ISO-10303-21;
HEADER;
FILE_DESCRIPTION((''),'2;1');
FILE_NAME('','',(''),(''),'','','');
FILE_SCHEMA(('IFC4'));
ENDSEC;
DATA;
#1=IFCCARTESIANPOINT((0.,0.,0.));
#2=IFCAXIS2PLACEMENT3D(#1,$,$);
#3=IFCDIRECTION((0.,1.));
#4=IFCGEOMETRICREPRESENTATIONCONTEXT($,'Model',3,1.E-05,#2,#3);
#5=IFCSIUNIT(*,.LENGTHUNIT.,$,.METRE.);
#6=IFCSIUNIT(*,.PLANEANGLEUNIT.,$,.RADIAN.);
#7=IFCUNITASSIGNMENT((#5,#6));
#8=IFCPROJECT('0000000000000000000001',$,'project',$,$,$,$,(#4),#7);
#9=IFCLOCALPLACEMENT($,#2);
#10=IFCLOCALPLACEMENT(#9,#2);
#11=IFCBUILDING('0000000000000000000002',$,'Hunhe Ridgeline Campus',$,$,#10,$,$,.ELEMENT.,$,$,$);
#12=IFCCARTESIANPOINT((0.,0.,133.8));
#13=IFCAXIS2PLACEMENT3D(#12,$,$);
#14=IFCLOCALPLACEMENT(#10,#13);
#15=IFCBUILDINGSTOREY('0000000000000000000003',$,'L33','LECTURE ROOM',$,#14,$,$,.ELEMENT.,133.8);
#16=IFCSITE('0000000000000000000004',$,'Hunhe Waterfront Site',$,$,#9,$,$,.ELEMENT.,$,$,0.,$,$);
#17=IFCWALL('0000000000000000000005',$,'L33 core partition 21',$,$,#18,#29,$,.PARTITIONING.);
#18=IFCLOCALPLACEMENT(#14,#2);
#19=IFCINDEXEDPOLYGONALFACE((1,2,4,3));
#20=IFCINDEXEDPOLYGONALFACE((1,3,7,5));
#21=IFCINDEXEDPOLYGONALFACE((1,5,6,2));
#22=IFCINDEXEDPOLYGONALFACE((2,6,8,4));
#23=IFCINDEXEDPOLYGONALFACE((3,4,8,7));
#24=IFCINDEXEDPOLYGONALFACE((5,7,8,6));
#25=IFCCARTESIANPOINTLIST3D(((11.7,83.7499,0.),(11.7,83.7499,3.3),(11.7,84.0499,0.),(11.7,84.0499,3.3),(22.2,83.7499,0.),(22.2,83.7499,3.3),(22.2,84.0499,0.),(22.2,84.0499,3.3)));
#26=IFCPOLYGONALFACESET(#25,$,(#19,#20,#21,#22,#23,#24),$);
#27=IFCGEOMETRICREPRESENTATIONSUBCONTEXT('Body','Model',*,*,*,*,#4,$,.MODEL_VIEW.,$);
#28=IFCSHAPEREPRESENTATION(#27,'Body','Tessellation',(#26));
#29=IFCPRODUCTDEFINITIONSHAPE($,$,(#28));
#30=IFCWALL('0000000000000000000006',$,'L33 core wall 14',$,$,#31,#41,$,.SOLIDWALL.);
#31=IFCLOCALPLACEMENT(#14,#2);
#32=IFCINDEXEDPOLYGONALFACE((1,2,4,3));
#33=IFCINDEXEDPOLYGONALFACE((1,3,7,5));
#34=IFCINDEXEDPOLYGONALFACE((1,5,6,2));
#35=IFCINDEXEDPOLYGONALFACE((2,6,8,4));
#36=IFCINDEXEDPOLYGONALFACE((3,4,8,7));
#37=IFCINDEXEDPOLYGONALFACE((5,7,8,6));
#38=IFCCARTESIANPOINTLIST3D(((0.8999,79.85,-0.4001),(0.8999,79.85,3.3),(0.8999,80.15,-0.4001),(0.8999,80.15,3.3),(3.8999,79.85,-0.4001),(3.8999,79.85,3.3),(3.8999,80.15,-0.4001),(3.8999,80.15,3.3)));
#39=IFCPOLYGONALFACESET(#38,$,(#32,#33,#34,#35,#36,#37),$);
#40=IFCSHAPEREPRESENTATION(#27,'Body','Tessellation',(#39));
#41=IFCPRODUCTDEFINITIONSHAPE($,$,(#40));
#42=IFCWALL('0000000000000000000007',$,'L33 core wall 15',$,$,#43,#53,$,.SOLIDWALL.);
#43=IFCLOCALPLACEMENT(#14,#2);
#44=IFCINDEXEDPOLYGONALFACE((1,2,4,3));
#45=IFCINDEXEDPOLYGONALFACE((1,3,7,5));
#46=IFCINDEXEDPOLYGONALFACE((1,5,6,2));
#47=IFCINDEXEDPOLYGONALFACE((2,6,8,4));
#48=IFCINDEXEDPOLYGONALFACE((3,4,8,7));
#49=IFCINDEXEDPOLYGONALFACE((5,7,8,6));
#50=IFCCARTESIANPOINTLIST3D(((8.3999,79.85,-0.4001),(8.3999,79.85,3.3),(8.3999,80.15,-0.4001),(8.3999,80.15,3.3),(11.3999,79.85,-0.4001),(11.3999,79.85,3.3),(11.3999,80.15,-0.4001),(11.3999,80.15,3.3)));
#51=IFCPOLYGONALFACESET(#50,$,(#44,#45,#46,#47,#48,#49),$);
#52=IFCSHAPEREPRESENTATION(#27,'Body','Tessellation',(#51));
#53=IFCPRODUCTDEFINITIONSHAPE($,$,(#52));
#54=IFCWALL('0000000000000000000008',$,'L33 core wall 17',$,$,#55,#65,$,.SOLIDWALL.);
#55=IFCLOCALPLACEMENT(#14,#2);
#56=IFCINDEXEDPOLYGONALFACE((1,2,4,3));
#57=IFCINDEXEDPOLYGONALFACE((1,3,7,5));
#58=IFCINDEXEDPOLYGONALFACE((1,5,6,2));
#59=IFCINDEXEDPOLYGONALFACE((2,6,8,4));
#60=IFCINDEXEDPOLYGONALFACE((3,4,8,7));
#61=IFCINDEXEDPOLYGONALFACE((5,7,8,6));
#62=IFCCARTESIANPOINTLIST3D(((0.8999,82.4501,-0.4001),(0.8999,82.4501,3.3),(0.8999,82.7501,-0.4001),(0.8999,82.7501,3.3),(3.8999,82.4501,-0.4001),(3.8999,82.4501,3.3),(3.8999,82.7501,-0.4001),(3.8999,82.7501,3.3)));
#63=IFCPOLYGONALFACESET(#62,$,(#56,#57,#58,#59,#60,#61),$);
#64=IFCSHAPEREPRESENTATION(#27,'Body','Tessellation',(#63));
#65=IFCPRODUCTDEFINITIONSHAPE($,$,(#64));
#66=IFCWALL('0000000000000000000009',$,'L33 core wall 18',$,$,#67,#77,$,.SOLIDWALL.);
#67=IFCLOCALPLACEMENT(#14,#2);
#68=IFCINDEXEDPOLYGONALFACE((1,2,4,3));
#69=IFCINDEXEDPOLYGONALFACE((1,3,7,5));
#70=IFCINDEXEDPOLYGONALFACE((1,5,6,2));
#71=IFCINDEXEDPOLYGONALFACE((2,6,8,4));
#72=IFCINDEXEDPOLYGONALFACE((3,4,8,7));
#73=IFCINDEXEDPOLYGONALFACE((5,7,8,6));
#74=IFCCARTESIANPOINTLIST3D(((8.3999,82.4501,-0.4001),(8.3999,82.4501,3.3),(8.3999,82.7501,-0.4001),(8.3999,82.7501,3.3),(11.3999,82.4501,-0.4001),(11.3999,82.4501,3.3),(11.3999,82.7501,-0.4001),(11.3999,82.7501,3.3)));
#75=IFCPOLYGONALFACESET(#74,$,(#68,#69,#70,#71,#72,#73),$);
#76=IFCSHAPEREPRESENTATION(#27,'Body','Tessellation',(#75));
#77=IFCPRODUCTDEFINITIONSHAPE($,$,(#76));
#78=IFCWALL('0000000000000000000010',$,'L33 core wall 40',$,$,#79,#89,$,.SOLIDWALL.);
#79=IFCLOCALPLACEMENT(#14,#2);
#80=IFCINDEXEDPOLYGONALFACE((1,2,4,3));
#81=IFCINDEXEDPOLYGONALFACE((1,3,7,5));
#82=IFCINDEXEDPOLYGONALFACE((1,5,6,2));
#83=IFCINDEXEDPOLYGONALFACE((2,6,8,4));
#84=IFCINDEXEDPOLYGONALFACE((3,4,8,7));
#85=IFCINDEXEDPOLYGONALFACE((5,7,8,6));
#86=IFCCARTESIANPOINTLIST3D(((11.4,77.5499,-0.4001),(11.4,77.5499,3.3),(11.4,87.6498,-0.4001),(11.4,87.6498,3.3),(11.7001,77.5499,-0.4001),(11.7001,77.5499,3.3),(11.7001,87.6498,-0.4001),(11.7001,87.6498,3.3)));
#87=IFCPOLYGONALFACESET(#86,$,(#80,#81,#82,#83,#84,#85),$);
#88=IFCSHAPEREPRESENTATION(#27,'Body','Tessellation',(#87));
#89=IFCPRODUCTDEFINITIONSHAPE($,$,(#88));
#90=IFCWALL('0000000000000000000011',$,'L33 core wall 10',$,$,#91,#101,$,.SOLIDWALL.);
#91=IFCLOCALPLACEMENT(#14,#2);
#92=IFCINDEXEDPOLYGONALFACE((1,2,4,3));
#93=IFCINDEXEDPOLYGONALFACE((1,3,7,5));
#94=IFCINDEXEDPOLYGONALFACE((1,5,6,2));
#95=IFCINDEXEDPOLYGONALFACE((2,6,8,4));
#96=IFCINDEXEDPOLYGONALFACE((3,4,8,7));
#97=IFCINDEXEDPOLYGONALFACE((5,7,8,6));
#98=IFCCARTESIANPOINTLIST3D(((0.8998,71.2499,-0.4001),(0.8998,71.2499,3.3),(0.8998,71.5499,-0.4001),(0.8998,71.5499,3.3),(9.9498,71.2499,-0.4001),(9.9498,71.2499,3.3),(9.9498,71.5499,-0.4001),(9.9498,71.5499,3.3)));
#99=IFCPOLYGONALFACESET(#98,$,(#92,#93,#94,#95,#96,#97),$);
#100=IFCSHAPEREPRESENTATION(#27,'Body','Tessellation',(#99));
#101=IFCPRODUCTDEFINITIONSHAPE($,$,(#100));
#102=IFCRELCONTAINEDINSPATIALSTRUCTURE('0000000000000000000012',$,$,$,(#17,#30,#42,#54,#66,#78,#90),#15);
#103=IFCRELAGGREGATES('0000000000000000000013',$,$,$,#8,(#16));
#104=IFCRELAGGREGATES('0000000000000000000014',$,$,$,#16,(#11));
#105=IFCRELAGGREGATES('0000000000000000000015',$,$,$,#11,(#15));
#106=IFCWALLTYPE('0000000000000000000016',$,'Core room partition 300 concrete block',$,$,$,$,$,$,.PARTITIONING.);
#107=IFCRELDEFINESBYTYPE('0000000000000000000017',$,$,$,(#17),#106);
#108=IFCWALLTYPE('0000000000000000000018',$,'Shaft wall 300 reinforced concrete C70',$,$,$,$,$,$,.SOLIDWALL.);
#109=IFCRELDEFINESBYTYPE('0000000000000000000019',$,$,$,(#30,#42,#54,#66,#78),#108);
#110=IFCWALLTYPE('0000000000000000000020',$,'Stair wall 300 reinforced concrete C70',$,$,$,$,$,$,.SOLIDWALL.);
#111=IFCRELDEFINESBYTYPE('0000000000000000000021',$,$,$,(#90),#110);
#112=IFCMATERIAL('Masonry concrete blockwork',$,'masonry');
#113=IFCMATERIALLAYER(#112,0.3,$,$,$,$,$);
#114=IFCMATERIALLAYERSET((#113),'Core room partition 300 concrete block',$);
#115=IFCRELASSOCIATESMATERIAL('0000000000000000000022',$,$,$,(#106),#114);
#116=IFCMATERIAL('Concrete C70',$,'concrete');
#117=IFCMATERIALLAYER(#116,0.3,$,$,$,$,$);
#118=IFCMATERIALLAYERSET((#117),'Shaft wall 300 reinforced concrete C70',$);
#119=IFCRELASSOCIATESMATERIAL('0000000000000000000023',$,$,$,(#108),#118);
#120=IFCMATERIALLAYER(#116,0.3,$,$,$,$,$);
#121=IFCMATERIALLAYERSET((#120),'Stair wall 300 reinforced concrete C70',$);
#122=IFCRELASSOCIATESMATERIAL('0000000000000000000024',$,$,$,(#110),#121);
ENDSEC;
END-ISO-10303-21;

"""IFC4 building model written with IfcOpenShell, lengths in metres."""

from ifc_helpers import new_model, si_unit, direction, frame, frame_2d, origin, place, context, subcontext, project, spatial, rectangle, extrude, material, layer, layer_set, type_object, element, save


model = new_model("IFC4")

# Units and contexts
model_context = context("Model", 3, precision=1e-05, world=origin(), true_north=direction((0.0, 1.0)))
body_context = subcontext(model_context, "Body", "Model", "MODEL_VIEW")
ifc_project = project(units=[si_unit("LENGTHUNIT", "METRE"), si_unit("PLANEANGLEUNIT", "RADIAN")], contexts=[model_context])

# Site, building, storey
site_placement = place(None, origin())
site = spatial("IfcSite", under=ifc_project, at=site_placement, Name="Hunhe Waterfront Site", CompositionType="ELEMENT", RefElevation=0.0)
building_placement = place(site_placement, origin())
building = spatial("IfcBuilding", under=site, at=building_placement, Name="Hunhe Ridgeline Campus", CompositionType="ELEMENT")
storey_placement = place(building_placement, frame((0.0, 0.0, 133.8)))
storey = spatial("IfcBuildingStorey", under=building, at=storey_placement, Name="L33", Description="LECTURE ROOM", CompositionType="ELEMENT", Elevation=133.8)

# Shared definitions
ifc_material_1 = material(Name="Masonry concrete blockwork", Category="masonry")
ifc_layer_1 = layer(ifc_material_1, 0.3)
ifc_layer_set_1 = layer_set([ifc_layer_1], Name="Core room partition 300 concrete block")
wall_type_1 = type_object("IfcWallType", Name="Core room partition 300 concrete block", PredefinedType="PARTITIONING", material=ifc_layer_set_1)

# Wall
wall_1_placement = place(storey_placement, frame((11.7, 83.8999, 0.0), z_axis=(0.0, 0.0, 1.0), x_axis=(1.0, 0.0, 0.0)))
element("IfcWall", 1, at=wall_1_placement, inside=storey, type_object=wall_type_1, Name="L33 core partition 21", PredefinedType="PARTITIONING", context=body_context, shape_type="SweptSolid", body=[
    extrude(rectangle(XDim=10.5, YDim=0.3, at=frame_2d((5.25, 0.0))), origin(), (0.0, 0.0, 1.0), 3.3),
])

# Shared definitions
ifc_material_2 = material(Name="Concrete C70", Category="concrete")
ifc_layer_2 = layer(ifc_material_2, 0.3)
ifc_layer_set_2 = layer_set([ifc_layer_2], Name="Shaft wall 300 reinforced concrete C70")
wall_type_2 = type_object("IfcWallType", Name="Shaft wall 300 reinforced concrete C70", PredefinedType="SOLIDWALL", material=ifc_layer_set_2)

# Walls
for number, where, z_axis, x_axis, name in (
    (2, (0.8999, 80.0, -0.4001), (0.0, 0.0, 1.0), (1.0, 0.0, 0.0), "L33 core wall 14"),
    (3, (8.3999, 80.0, -0.4001), (0.0, 0.0, 1.0), (1.0, 0.0, 0.0), "L33 core wall 15"),
    (4, (0.8999, 82.6001, -0.4001), (0.0, 0.0, 1.0), (1.0, 0.0, 0.0), "L33 core wall 17"),
    (5, (8.3999, 82.6001, -0.4001), (0.0, 0.0, 1.0), (1.0, 0.0, 0.0), "L33 core wall 18"),
):
    element("IfcWall", number, at=place(storey_placement, frame(where, z_axis=z_axis, x_axis=x_axis)), inside=storey, type_object=wall_type_2, Name=name, PredefinedType="SOLIDWALL", context=body_context, shape_type="SweptSolid", body=[
        extrude(rectangle(XDim=3.0, YDim=0.3, at=frame_2d((1.5, 0.0))), origin(), (0.0, 0.0, 1.0), 3.7002),
    ])

# Walls
wall_2_placement = place(storey_placement, frame((11.55, 77.55, -0.4001), z_axis=(0.0, 0.0, 1.0), x_axis=(0.0, 1.0, 0.0)))
element("IfcWall", 6, at=wall_2_placement, inside=storey, type_object=wall_type_2, Name="L33 core wall 40", PredefinedType="SOLIDWALL", context=body_context, shape_type="SweptSolid", body=[
    extrude(rectangle(XDim=10.0999, YDim=0.3, at=frame_2d((5.0498, 0.0))), origin(), (0.0, 0.0, 1.0), 3.7002),
])
ifc_layer_3 = layer(ifc_material_2, 0.3)
ifc_layer_set_3 = layer_set([ifc_layer_3], Name="Stair wall 300 reinforced concrete C70")
wall_type_3 = type_object("IfcWallType", Name="Stair wall 300 reinforced concrete C70", PredefinedType="SOLIDWALL", material=ifc_layer_set_3)
wall_3_placement = place(storey_placement, frame((0.8999, 71.3999, -0.4001), z_axis=(0.0, 0.0, 1.0), x_axis=(1.0, 0.0, 0.0)))
element("IfcWall", 7, at=wall_3_placement, inside=storey, type_object=wall_type_3, Name="L33 core wall 10", PredefinedType="SOLIDWALL", context=body_context, shape_type="SweptSolid", body=[
    extrude(rectangle(XDim=9.05, YDim=0.3, at=frame_2d((4.5249, 0.0))), origin(), (0.0, 0.0, 1.0), 3.7002),
])

save(model, "model.ifc")
